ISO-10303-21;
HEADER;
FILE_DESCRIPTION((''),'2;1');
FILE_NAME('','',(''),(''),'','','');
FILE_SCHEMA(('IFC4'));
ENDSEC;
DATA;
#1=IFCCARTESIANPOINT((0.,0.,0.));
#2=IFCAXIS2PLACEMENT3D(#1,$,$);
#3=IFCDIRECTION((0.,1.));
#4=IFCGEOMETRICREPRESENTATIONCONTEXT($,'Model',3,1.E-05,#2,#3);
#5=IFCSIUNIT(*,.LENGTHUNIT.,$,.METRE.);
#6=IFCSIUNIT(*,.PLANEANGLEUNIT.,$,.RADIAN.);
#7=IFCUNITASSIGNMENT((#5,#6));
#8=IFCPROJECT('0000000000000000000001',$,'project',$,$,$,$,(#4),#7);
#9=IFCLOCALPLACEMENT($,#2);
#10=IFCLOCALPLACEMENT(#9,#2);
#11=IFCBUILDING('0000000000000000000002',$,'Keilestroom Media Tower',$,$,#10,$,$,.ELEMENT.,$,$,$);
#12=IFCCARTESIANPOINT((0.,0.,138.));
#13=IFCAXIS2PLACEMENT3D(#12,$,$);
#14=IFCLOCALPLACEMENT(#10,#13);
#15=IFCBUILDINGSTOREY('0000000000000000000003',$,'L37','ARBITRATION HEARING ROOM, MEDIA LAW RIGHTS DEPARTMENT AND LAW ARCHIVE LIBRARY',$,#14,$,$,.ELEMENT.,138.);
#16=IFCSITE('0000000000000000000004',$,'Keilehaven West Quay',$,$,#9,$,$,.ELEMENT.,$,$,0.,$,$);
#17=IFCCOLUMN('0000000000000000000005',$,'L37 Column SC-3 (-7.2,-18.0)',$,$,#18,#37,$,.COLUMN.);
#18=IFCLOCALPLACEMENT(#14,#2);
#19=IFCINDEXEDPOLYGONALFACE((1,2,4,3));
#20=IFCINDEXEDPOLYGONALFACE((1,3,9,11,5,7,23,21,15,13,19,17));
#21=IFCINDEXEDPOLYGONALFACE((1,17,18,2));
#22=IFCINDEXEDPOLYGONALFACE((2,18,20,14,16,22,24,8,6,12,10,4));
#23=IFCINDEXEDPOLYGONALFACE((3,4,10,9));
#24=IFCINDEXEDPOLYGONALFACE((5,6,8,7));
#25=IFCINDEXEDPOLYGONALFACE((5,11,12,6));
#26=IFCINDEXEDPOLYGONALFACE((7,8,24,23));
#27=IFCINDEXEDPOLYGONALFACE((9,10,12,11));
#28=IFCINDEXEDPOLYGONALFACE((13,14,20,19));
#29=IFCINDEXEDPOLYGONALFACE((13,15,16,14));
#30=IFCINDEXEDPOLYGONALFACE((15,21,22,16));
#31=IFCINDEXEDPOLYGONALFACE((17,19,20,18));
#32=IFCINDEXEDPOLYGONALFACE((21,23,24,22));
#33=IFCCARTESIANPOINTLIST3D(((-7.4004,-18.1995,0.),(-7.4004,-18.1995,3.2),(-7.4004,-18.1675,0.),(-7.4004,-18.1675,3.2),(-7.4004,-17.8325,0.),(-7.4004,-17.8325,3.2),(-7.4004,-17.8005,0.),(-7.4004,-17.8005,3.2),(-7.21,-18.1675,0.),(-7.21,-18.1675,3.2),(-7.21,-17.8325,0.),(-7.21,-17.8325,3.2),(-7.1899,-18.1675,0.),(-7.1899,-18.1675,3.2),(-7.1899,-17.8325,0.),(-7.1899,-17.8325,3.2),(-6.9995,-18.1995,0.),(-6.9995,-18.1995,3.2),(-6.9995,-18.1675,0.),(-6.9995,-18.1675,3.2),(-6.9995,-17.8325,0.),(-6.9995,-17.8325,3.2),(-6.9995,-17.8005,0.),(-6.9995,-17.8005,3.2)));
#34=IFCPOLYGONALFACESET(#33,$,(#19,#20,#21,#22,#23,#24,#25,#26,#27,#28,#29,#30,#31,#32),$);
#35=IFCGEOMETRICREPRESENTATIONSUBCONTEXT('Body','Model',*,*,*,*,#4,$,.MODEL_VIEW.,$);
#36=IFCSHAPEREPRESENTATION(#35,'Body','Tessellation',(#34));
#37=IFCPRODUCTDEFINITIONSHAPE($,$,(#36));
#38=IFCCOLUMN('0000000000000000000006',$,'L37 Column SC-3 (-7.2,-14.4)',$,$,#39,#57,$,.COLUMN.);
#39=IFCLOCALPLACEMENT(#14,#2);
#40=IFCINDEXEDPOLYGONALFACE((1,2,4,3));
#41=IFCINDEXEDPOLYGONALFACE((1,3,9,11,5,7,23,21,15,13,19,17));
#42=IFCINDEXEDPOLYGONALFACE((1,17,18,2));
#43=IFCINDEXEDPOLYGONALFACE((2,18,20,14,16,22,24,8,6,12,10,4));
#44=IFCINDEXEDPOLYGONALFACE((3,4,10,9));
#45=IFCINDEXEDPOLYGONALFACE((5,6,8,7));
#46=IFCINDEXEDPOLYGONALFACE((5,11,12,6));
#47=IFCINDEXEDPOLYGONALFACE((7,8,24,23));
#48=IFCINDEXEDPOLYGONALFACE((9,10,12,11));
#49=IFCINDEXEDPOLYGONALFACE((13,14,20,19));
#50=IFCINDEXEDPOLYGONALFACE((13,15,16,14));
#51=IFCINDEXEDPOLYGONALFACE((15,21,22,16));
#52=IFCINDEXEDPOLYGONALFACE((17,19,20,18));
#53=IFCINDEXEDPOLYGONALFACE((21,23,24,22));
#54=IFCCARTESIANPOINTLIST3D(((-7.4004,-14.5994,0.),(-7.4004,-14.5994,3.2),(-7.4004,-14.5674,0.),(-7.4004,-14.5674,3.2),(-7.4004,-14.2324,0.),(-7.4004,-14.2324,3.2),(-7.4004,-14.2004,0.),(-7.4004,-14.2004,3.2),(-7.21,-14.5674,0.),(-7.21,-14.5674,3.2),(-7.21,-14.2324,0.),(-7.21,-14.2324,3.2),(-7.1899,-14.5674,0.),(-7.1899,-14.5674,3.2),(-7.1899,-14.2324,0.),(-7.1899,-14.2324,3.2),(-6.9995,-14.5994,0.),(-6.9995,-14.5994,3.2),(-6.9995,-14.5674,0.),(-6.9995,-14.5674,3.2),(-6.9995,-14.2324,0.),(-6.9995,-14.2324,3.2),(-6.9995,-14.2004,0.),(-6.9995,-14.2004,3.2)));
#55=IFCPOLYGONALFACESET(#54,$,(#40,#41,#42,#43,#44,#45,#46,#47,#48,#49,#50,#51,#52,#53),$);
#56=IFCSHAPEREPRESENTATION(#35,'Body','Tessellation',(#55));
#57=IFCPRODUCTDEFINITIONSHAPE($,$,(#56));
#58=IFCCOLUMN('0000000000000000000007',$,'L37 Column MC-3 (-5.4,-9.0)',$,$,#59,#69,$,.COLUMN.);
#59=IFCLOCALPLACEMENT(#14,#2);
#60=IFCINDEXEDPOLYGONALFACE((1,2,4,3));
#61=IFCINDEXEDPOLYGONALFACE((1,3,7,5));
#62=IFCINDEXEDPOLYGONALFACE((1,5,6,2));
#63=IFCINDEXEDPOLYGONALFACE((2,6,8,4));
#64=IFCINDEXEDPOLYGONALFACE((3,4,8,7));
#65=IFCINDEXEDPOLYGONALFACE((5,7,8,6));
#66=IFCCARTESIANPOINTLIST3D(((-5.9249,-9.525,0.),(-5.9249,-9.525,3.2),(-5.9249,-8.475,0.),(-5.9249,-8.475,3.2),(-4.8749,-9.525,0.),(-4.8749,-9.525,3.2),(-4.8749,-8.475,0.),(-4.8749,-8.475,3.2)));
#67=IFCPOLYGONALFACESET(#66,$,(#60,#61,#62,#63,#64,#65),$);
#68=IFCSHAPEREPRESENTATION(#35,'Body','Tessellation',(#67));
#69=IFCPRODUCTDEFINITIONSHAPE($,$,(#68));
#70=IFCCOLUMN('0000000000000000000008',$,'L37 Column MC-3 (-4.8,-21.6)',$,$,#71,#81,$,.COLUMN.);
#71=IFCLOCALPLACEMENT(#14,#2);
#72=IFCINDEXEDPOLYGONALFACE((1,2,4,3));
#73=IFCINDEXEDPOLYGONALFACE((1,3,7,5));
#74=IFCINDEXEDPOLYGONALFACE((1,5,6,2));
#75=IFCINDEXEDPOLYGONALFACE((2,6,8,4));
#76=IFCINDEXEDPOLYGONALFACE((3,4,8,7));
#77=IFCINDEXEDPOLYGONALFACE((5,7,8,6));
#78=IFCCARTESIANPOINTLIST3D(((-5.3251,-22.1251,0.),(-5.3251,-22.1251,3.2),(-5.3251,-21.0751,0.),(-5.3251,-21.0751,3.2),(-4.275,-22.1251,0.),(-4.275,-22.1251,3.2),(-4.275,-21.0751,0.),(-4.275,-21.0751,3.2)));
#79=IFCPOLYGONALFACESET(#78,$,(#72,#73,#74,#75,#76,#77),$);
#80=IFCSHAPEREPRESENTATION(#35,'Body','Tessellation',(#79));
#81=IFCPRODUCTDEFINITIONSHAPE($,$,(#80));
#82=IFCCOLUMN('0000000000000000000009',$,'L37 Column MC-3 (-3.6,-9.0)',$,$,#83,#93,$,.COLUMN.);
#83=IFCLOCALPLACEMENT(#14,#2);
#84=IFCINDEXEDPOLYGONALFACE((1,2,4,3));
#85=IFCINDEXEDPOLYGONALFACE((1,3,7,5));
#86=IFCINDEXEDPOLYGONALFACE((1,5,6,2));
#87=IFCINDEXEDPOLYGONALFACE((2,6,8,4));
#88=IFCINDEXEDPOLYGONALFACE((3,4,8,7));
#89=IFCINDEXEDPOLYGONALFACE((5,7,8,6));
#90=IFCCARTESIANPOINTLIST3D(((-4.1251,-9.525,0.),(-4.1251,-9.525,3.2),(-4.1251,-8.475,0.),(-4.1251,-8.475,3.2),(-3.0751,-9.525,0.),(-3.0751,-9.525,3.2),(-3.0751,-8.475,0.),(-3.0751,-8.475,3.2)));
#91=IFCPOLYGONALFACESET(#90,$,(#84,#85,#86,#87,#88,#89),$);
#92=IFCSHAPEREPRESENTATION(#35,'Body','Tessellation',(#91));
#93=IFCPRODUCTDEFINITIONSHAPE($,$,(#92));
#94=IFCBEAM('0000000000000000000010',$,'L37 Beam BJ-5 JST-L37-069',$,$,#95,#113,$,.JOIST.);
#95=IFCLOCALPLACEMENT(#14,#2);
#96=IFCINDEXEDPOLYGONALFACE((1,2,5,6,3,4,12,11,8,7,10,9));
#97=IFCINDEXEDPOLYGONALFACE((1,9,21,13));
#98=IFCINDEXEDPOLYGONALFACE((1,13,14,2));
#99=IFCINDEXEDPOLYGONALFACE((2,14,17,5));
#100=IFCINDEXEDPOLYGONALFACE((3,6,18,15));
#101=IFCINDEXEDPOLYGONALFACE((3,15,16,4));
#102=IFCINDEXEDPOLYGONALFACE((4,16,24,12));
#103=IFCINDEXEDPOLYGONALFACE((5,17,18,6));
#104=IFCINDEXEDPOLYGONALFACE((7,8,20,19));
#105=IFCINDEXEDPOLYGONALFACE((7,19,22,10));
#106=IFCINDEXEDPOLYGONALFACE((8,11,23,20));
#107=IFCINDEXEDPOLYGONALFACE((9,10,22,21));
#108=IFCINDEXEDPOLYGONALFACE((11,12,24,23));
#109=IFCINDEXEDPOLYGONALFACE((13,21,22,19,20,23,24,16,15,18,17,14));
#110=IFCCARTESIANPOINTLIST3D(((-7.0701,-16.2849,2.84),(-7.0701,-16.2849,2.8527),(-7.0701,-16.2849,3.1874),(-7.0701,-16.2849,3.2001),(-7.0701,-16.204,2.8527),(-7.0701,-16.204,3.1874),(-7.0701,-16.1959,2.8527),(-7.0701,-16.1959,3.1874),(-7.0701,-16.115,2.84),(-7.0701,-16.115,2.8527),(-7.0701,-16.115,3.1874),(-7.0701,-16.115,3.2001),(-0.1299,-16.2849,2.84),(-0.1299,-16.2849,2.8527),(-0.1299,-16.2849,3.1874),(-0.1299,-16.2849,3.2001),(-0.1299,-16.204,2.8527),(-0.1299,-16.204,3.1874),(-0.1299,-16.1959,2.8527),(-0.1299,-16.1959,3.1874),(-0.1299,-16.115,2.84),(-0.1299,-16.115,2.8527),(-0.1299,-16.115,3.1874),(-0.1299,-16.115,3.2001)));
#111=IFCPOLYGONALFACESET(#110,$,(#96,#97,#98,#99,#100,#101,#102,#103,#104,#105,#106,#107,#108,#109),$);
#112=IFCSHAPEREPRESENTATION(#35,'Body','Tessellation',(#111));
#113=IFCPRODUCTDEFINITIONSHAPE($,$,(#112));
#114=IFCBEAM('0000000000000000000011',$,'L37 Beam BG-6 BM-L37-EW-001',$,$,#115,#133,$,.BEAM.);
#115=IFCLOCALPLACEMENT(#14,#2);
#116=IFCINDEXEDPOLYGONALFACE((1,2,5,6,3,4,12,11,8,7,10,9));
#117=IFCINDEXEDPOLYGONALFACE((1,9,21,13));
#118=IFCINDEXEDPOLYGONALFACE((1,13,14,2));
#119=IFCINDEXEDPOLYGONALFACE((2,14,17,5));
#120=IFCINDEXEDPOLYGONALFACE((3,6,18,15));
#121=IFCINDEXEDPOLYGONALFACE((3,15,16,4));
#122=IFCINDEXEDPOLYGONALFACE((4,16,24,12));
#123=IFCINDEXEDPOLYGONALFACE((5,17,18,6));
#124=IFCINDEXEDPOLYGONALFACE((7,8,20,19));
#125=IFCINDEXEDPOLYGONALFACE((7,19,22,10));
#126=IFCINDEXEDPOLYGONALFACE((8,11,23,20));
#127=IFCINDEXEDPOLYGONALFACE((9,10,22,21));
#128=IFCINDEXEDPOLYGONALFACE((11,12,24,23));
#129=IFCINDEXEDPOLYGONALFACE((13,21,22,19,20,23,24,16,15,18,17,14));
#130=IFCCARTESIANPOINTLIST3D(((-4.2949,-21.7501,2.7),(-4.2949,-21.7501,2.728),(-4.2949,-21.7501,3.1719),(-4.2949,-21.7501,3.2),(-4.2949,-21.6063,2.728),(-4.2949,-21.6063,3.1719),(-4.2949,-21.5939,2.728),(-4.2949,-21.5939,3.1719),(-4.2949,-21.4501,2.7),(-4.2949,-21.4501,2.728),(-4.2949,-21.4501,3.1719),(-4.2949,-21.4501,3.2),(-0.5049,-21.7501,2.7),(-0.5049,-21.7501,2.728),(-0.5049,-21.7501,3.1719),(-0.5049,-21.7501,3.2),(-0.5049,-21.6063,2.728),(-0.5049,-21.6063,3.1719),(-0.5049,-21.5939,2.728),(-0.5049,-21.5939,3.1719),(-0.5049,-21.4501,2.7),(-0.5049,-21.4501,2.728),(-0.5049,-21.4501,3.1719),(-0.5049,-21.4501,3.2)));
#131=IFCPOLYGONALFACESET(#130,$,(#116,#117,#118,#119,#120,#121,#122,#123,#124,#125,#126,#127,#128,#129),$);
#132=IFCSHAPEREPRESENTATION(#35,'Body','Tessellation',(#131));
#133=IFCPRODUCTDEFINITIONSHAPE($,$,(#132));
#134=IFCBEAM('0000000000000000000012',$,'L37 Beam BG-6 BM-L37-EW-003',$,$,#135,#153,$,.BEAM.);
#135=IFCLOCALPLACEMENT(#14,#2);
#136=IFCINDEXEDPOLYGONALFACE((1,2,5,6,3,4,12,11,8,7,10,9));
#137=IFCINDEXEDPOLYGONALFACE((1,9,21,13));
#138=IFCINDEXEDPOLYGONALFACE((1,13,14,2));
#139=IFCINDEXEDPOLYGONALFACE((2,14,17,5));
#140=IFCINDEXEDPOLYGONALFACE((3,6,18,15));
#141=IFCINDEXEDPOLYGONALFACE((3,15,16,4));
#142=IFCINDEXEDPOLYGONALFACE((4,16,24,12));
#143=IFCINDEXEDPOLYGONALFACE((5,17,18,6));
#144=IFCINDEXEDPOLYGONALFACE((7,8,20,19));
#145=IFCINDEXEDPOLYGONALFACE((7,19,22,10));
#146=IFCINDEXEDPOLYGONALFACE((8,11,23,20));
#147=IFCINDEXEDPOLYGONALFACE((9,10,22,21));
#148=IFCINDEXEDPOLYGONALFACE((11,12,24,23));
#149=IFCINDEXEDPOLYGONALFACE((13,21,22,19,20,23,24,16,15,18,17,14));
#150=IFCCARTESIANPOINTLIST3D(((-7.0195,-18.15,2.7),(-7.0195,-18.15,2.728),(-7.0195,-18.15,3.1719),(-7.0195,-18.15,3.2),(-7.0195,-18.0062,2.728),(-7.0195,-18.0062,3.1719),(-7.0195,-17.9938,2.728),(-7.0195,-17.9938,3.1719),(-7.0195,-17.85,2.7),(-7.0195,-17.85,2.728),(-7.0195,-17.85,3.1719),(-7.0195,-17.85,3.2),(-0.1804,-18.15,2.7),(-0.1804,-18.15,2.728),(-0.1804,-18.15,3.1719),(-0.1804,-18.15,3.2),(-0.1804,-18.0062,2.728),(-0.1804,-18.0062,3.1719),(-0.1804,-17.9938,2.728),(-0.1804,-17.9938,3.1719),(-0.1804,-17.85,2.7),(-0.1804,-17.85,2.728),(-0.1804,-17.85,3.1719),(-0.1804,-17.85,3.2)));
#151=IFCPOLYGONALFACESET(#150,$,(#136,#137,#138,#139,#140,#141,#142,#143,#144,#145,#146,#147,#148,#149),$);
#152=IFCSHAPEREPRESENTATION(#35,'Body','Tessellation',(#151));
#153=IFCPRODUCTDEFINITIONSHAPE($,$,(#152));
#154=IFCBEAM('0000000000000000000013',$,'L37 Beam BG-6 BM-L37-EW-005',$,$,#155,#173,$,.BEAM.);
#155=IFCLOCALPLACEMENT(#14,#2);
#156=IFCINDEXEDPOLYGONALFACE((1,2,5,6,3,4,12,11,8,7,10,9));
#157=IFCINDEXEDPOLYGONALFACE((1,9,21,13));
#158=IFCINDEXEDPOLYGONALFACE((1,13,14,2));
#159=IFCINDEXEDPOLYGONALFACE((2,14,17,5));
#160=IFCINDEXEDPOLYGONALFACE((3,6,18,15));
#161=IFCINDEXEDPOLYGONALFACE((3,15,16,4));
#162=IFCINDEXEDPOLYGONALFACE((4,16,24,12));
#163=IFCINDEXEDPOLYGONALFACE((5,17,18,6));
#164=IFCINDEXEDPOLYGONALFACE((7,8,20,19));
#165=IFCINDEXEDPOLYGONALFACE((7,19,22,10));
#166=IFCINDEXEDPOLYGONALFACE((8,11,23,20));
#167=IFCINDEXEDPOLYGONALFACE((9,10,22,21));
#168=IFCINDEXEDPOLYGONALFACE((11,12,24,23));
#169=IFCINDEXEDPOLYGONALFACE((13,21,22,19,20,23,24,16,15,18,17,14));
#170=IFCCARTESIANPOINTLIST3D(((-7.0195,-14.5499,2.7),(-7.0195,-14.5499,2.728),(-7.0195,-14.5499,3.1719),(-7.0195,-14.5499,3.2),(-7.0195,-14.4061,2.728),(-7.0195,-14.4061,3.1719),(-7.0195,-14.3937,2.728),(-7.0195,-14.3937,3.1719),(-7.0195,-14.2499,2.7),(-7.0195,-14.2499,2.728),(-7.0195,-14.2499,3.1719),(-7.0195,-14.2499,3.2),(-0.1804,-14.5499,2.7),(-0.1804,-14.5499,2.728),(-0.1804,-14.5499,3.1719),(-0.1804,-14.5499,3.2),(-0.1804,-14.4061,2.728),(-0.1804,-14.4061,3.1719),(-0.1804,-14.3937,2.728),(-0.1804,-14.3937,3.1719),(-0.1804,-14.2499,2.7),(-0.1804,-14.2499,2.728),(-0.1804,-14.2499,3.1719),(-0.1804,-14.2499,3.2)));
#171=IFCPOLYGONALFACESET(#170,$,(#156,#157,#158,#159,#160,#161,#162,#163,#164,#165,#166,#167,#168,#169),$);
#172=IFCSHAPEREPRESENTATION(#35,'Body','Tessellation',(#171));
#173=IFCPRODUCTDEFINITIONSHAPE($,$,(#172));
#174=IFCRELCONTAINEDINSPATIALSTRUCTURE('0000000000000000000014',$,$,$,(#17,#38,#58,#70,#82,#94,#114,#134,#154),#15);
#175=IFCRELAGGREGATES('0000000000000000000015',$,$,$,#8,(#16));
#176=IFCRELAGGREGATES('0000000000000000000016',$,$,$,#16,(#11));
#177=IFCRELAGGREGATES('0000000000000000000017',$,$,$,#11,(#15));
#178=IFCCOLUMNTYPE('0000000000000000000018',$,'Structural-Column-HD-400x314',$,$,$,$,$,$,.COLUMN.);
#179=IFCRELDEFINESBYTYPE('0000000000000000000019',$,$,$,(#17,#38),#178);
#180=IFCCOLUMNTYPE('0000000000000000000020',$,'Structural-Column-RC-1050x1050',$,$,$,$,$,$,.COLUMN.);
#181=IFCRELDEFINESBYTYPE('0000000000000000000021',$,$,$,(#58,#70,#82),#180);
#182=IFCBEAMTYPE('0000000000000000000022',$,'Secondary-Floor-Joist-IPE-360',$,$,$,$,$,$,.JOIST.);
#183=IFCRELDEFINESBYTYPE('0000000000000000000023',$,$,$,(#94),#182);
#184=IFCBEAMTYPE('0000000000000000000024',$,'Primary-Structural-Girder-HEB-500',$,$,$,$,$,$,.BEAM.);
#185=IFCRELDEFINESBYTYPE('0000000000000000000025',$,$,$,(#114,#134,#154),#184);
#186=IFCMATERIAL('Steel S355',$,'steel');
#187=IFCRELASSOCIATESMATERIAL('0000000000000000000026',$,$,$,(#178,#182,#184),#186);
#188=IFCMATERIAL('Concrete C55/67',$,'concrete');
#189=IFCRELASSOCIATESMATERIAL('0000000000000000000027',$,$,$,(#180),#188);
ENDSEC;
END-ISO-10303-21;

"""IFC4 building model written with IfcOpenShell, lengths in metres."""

from ifc_helpers import new_model, si_unit, direction, frame, origin, origin_2d, place, context, subcontext, project, spatial, rectangle, i_section, extrude, source, transform, mapped, material, material_profile, profile_set, type_object, element, save


model = new_model("IFC4")

# Units and contexts
model_context = context("Model", 3, precision=1e-05, world=origin(), true_north=direction((0.0, 1.0)))
body_context = subcontext(model_context, "Body", "Model", "MODEL_VIEW")
ifc_project = project(units=[si_unit("LENGTHUNIT", "METRE"), si_unit("PLANEANGLEUNIT", "RADIAN")], contexts=[model_context])

# Site, building, storey
site_placement = place(None, origin())
site = spatial("IfcSite", under=ifc_project, at=site_placement, Name="Keilehaven West Quay", CompositionType="ELEMENT", RefElevation=0.0)
building_placement = place(site_placement, origin())
building = spatial("IfcBuilding", under=site, at=building_placement, Name="Keilestroom Media Tower", CompositionType="ELEMENT")
storey_placement = place(building_placement, frame((0.0, 0.0, 138.0)))
storey = spatial("IfcBuildingStorey", under=building, at=storey_placement, Name="L37", Description="ARBITRATION HEARING ROOM, MEDIA LAW RIGHTS DEPARTMENT AND LAW ARCHIVE LIBRARY", CompositionType="ELEMENT", Elevation=138.0)

# Columns
ifc_material_1 = material(Name="Steel S355", Category="steel")
ifc_material_profile_1 = material_profile(ifc_material_1, i_section(OverallWidth=0.4009, OverallDepth=0.3989, WebThickness=0.02, FlangeThickness=0.032, at=origin_2d()), Name="HD 400x314")
ifc_profile_set_1 = profile_set([ifc_material_profile_1], Name="Steel S355")
column_type_1 = type_object("IfcColumnType", Name="Structural-Column-HD-400x314", PredefinedType="COLUMN", material=ifc_profile_set_1)
shared_shape_1 = source(origin(), body_context, "Body", "SweptSolid", [
    extrude(i_section(OverallWidth=0.4009, OverallDepth=0.3989, WebThickness=0.02, FlangeThickness=0.032, at=origin_2d()), origin(), (0.0, 0.0, 1.0), 3.2),
])
for number, where, z_axis, x_axis, name in (
    (1, (-7.2, -18.0, 0.0), (0.0, 0.0, 1.0), (1.0, 0.0, 0.0), "L37 Column SC-3 (-7.2,-18.0)"),
    (2, (-7.2, -14.3999, 0.0), (0.0, 0.0, 1.0), (1.0, 0.0, 0.0), "L37 Column SC-3 (-7.2,-14.4)"),
):
    element("IfcColumn", number, at=place(storey_placement, frame(where, z_axis=z_axis, x_axis=x_axis)), inside=storey, type_object=column_type_1, Name=name, PredefinedType="COLUMN", context=body_context, shape_type="MappedRepresentation", body=[
        mapped(shared_shape_1, transform((0.0, 0.0, 0.0), x_axis=(1.0, 0.0, 0.0), y_axis=(0.0, 1.0, 0.0), z_axis=(0.0, 0.0, 1.0), scale=1.0)),
    ])
ifc_material_2 = material(Name="Concrete C55/67", Category="concrete")
ifc_material_profile_2 = material_profile(ifc_material_2, rectangle(XDim=1.05, YDim=1.05, at=origin_2d()), Name="RC 1050x1050")
ifc_profile_set_2 = profile_set([ifc_material_profile_2], Name="Concrete C55/67")
column_type_2 = type_object("IfcColumnType", Name="Structural-Column-RC-1050x1050", PredefinedType="COLUMN", material=ifc_profile_set_2)
shared_shape_2 = source(origin(), body_context, "Body", "SweptSolid", [
    extrude(rectangle(XDim=1.05, YDim=1.05, at=origin_2d()), origin(), (0.0, 0.0, 1.0), 3.2),
])
for number, where, z_axis, x_axis, name in (
    (3, (-5.3999, -9.0, 0.0), (0.0, 0.0, 1.0), (1.0, 0.0, 0.0), "L37 Column MC-3 (-5.4,-9.0)"),
    (4, (-4.8, -21.6001, 0.0), (0.0, 0.0, 1.0), (1.0, 0.0, 0.0), "L37 Column MC-3 (-4.8,-21.6)"),
    (5, (-3.6001, -9.0, 0.0), (0.0, 0.0, 1.0), (1.0, 0.0, 0.0), "L37 Column MC-3 (-3.6,-9.0)"),
):
    element("IfcColumn", number, at=place(storey_placement, frame(where, z_axis=z_axis, x_axis=x_axis)), inside=storey, type_object=column_type_2, Name=name, PredefinedType="COLUMN", context=body_context, shape_type="MappedRepresentation", body=[
        mapped(shared_shape_2, transform((0.0, 0.0, 0.0), x_axis=(1.0, 0.0, 0.0), y_axis=(0.0, 1.0, 0.0), z_axis=(0.0, 0.0, 1.0), scale=1.0)),
    ])

# Beams
ifc_material_profile_3 = material_profile(ifc_material_1, i_section(OverallWidth=0.1699, OverallDepth=0.3601, WebThickness=0.0081, FlangeThickness=0.0127, at=origin_2d()), Name="IPE 360")
ifc_profile_set_3 = profile_set([ifc_material_profile_3], Name="Steel S355")
beam_type_1 = type_object("IfcBeamType", Name="Secondary-Floor-Joist-IPE-360", PredefinedType="JOIST", material=ifc_profile_set_3)
shared_shape_3 = source(origin(), body_context, "Body", "SweptSolid", [
    extrude(i_section(OverallWidth=0.1699, OverallDepth=0.3601, WebThickness=0.0081, FlangeThickness=0.0127, at=origin_2d()), origin(), (0.0, 0.0, 1.0), 6.9402),
])
beam_1_placement = place(storey_placement, frame((-7.0701, -16.2, 3.02), z_axis=(1.0, 0.0, 0.0), x_axis=(0.0, 1.0, 0.0)))
element("IfcBeam", 6, at=beam_1_placement, inside=storey, type_object=beam_type_1, Name="L37 Beam BJ-5 JST-L37-069", PredefinedType="JOIST", context=body_context, shape_type="MappedRepresentation", body=[
    mapped(shared_shape_3, transform((0.0, 0.0, 0.0), x_axis=(1.0, 0.0, 0.0), y_axis=(0.0, 1.0, 0.0), z_axis=(0.0, 0.0, 1.0), scale=1.0)),
])
ifc_material_profile_4 = material_profile(ifc_material_1, i_section(OverallWidth=0.3, OverallDepth=0.5, WebThickness=0.0125, FlangeThickness=0.0281, at=origin_2d()), Name="HEB 500")
ifc_profile_set_4 = profile_set([ifc_material_profile_4], Name="Steel S355")
beam_type_2 = type_object("IfcBeamType", Name="Primary-Structural-Girder-HEB-500", PredefinedType="BEAM", material=ifc_profile_set_4)
shared_shape_4 = source(origin(), body_context, "Body", "SweptSolid", [
    extrude(i_section(OverallWidth=0.3, OverallDepth=0.5, WebThickness=0.0125, FlangeThickness=0.0281, at=origin_2d()), origin(), (0.0, 0.0, 1.0), 3.79),
])
beam_2_placement = place(storey_placement, frame((-4.2949, -21.6001, 2.95), z_axis=(1.0, 0.0, 0.0), x_axis=(0.0, 1.0, 0.0)))
element("IfcBeam", 7, at=beam_2_placement, inside=storey, type_object=beam_type_2, Name="L37 Beam BG-6 BM-L37-EW-001", PredefinedType="BEAM", context=body_context, shape_type="MappedRepresentation", body=[
    mapped(shared_shape_4, transform((0.0, 0.0, 0.0), x_axis=(1.0, 0.0, 0.0), y_axis=(0.0, 1.0, 0.0), z_axis=(0.0, 0.0, 1.0), scale=1.0)),
])
shared_shape_5 = source(origin(), body_context, "Body", "SweptSolid", [
    extrude(i_section(OverallWidth=0.3, OverallDepth=0.5, WebThickness=0.0125, FlangeThickness=0.0281, at=origin_2d()), origin(), (0.0, 0.0, 1.0), 6.8391),
])
for number, where, z_axis, x_axis, name in (
    (8, (-7.0195, -18.0, 2.95), (1.0, 0.0, 0.0), (0.0, 1.0, 0.0), "L37 Beam BG-6 BM-L37-EW-003"),
    (9, (-7.0195, -14.3999, 2.95), (1.0, 0.0, 0.0), (0.0, 1.0, 0.0), "L37 Beam BG-6 BM-L37-EW-005"),
):
    element("IfcBeam", number, at=place(storey_placement, frame(where, z_axis=z_axis, x_axis=x_axis)), inside=storey, type_object=beam_type_2, Name=name, PredefinedType="BEAM", context=body_context, shape_type="MappedRepresentation", body=[
        mapped(shared_shape_5, transform((0.0, 0.0, 0.0), x_axis=(1.0, 0.0, 0.0), y_axis=(0.0, 1.0, 0.0), z_axis=(0.0, 0.0, 1.0), scale=1.0)),
    ])

save(model, "model.ifc")
